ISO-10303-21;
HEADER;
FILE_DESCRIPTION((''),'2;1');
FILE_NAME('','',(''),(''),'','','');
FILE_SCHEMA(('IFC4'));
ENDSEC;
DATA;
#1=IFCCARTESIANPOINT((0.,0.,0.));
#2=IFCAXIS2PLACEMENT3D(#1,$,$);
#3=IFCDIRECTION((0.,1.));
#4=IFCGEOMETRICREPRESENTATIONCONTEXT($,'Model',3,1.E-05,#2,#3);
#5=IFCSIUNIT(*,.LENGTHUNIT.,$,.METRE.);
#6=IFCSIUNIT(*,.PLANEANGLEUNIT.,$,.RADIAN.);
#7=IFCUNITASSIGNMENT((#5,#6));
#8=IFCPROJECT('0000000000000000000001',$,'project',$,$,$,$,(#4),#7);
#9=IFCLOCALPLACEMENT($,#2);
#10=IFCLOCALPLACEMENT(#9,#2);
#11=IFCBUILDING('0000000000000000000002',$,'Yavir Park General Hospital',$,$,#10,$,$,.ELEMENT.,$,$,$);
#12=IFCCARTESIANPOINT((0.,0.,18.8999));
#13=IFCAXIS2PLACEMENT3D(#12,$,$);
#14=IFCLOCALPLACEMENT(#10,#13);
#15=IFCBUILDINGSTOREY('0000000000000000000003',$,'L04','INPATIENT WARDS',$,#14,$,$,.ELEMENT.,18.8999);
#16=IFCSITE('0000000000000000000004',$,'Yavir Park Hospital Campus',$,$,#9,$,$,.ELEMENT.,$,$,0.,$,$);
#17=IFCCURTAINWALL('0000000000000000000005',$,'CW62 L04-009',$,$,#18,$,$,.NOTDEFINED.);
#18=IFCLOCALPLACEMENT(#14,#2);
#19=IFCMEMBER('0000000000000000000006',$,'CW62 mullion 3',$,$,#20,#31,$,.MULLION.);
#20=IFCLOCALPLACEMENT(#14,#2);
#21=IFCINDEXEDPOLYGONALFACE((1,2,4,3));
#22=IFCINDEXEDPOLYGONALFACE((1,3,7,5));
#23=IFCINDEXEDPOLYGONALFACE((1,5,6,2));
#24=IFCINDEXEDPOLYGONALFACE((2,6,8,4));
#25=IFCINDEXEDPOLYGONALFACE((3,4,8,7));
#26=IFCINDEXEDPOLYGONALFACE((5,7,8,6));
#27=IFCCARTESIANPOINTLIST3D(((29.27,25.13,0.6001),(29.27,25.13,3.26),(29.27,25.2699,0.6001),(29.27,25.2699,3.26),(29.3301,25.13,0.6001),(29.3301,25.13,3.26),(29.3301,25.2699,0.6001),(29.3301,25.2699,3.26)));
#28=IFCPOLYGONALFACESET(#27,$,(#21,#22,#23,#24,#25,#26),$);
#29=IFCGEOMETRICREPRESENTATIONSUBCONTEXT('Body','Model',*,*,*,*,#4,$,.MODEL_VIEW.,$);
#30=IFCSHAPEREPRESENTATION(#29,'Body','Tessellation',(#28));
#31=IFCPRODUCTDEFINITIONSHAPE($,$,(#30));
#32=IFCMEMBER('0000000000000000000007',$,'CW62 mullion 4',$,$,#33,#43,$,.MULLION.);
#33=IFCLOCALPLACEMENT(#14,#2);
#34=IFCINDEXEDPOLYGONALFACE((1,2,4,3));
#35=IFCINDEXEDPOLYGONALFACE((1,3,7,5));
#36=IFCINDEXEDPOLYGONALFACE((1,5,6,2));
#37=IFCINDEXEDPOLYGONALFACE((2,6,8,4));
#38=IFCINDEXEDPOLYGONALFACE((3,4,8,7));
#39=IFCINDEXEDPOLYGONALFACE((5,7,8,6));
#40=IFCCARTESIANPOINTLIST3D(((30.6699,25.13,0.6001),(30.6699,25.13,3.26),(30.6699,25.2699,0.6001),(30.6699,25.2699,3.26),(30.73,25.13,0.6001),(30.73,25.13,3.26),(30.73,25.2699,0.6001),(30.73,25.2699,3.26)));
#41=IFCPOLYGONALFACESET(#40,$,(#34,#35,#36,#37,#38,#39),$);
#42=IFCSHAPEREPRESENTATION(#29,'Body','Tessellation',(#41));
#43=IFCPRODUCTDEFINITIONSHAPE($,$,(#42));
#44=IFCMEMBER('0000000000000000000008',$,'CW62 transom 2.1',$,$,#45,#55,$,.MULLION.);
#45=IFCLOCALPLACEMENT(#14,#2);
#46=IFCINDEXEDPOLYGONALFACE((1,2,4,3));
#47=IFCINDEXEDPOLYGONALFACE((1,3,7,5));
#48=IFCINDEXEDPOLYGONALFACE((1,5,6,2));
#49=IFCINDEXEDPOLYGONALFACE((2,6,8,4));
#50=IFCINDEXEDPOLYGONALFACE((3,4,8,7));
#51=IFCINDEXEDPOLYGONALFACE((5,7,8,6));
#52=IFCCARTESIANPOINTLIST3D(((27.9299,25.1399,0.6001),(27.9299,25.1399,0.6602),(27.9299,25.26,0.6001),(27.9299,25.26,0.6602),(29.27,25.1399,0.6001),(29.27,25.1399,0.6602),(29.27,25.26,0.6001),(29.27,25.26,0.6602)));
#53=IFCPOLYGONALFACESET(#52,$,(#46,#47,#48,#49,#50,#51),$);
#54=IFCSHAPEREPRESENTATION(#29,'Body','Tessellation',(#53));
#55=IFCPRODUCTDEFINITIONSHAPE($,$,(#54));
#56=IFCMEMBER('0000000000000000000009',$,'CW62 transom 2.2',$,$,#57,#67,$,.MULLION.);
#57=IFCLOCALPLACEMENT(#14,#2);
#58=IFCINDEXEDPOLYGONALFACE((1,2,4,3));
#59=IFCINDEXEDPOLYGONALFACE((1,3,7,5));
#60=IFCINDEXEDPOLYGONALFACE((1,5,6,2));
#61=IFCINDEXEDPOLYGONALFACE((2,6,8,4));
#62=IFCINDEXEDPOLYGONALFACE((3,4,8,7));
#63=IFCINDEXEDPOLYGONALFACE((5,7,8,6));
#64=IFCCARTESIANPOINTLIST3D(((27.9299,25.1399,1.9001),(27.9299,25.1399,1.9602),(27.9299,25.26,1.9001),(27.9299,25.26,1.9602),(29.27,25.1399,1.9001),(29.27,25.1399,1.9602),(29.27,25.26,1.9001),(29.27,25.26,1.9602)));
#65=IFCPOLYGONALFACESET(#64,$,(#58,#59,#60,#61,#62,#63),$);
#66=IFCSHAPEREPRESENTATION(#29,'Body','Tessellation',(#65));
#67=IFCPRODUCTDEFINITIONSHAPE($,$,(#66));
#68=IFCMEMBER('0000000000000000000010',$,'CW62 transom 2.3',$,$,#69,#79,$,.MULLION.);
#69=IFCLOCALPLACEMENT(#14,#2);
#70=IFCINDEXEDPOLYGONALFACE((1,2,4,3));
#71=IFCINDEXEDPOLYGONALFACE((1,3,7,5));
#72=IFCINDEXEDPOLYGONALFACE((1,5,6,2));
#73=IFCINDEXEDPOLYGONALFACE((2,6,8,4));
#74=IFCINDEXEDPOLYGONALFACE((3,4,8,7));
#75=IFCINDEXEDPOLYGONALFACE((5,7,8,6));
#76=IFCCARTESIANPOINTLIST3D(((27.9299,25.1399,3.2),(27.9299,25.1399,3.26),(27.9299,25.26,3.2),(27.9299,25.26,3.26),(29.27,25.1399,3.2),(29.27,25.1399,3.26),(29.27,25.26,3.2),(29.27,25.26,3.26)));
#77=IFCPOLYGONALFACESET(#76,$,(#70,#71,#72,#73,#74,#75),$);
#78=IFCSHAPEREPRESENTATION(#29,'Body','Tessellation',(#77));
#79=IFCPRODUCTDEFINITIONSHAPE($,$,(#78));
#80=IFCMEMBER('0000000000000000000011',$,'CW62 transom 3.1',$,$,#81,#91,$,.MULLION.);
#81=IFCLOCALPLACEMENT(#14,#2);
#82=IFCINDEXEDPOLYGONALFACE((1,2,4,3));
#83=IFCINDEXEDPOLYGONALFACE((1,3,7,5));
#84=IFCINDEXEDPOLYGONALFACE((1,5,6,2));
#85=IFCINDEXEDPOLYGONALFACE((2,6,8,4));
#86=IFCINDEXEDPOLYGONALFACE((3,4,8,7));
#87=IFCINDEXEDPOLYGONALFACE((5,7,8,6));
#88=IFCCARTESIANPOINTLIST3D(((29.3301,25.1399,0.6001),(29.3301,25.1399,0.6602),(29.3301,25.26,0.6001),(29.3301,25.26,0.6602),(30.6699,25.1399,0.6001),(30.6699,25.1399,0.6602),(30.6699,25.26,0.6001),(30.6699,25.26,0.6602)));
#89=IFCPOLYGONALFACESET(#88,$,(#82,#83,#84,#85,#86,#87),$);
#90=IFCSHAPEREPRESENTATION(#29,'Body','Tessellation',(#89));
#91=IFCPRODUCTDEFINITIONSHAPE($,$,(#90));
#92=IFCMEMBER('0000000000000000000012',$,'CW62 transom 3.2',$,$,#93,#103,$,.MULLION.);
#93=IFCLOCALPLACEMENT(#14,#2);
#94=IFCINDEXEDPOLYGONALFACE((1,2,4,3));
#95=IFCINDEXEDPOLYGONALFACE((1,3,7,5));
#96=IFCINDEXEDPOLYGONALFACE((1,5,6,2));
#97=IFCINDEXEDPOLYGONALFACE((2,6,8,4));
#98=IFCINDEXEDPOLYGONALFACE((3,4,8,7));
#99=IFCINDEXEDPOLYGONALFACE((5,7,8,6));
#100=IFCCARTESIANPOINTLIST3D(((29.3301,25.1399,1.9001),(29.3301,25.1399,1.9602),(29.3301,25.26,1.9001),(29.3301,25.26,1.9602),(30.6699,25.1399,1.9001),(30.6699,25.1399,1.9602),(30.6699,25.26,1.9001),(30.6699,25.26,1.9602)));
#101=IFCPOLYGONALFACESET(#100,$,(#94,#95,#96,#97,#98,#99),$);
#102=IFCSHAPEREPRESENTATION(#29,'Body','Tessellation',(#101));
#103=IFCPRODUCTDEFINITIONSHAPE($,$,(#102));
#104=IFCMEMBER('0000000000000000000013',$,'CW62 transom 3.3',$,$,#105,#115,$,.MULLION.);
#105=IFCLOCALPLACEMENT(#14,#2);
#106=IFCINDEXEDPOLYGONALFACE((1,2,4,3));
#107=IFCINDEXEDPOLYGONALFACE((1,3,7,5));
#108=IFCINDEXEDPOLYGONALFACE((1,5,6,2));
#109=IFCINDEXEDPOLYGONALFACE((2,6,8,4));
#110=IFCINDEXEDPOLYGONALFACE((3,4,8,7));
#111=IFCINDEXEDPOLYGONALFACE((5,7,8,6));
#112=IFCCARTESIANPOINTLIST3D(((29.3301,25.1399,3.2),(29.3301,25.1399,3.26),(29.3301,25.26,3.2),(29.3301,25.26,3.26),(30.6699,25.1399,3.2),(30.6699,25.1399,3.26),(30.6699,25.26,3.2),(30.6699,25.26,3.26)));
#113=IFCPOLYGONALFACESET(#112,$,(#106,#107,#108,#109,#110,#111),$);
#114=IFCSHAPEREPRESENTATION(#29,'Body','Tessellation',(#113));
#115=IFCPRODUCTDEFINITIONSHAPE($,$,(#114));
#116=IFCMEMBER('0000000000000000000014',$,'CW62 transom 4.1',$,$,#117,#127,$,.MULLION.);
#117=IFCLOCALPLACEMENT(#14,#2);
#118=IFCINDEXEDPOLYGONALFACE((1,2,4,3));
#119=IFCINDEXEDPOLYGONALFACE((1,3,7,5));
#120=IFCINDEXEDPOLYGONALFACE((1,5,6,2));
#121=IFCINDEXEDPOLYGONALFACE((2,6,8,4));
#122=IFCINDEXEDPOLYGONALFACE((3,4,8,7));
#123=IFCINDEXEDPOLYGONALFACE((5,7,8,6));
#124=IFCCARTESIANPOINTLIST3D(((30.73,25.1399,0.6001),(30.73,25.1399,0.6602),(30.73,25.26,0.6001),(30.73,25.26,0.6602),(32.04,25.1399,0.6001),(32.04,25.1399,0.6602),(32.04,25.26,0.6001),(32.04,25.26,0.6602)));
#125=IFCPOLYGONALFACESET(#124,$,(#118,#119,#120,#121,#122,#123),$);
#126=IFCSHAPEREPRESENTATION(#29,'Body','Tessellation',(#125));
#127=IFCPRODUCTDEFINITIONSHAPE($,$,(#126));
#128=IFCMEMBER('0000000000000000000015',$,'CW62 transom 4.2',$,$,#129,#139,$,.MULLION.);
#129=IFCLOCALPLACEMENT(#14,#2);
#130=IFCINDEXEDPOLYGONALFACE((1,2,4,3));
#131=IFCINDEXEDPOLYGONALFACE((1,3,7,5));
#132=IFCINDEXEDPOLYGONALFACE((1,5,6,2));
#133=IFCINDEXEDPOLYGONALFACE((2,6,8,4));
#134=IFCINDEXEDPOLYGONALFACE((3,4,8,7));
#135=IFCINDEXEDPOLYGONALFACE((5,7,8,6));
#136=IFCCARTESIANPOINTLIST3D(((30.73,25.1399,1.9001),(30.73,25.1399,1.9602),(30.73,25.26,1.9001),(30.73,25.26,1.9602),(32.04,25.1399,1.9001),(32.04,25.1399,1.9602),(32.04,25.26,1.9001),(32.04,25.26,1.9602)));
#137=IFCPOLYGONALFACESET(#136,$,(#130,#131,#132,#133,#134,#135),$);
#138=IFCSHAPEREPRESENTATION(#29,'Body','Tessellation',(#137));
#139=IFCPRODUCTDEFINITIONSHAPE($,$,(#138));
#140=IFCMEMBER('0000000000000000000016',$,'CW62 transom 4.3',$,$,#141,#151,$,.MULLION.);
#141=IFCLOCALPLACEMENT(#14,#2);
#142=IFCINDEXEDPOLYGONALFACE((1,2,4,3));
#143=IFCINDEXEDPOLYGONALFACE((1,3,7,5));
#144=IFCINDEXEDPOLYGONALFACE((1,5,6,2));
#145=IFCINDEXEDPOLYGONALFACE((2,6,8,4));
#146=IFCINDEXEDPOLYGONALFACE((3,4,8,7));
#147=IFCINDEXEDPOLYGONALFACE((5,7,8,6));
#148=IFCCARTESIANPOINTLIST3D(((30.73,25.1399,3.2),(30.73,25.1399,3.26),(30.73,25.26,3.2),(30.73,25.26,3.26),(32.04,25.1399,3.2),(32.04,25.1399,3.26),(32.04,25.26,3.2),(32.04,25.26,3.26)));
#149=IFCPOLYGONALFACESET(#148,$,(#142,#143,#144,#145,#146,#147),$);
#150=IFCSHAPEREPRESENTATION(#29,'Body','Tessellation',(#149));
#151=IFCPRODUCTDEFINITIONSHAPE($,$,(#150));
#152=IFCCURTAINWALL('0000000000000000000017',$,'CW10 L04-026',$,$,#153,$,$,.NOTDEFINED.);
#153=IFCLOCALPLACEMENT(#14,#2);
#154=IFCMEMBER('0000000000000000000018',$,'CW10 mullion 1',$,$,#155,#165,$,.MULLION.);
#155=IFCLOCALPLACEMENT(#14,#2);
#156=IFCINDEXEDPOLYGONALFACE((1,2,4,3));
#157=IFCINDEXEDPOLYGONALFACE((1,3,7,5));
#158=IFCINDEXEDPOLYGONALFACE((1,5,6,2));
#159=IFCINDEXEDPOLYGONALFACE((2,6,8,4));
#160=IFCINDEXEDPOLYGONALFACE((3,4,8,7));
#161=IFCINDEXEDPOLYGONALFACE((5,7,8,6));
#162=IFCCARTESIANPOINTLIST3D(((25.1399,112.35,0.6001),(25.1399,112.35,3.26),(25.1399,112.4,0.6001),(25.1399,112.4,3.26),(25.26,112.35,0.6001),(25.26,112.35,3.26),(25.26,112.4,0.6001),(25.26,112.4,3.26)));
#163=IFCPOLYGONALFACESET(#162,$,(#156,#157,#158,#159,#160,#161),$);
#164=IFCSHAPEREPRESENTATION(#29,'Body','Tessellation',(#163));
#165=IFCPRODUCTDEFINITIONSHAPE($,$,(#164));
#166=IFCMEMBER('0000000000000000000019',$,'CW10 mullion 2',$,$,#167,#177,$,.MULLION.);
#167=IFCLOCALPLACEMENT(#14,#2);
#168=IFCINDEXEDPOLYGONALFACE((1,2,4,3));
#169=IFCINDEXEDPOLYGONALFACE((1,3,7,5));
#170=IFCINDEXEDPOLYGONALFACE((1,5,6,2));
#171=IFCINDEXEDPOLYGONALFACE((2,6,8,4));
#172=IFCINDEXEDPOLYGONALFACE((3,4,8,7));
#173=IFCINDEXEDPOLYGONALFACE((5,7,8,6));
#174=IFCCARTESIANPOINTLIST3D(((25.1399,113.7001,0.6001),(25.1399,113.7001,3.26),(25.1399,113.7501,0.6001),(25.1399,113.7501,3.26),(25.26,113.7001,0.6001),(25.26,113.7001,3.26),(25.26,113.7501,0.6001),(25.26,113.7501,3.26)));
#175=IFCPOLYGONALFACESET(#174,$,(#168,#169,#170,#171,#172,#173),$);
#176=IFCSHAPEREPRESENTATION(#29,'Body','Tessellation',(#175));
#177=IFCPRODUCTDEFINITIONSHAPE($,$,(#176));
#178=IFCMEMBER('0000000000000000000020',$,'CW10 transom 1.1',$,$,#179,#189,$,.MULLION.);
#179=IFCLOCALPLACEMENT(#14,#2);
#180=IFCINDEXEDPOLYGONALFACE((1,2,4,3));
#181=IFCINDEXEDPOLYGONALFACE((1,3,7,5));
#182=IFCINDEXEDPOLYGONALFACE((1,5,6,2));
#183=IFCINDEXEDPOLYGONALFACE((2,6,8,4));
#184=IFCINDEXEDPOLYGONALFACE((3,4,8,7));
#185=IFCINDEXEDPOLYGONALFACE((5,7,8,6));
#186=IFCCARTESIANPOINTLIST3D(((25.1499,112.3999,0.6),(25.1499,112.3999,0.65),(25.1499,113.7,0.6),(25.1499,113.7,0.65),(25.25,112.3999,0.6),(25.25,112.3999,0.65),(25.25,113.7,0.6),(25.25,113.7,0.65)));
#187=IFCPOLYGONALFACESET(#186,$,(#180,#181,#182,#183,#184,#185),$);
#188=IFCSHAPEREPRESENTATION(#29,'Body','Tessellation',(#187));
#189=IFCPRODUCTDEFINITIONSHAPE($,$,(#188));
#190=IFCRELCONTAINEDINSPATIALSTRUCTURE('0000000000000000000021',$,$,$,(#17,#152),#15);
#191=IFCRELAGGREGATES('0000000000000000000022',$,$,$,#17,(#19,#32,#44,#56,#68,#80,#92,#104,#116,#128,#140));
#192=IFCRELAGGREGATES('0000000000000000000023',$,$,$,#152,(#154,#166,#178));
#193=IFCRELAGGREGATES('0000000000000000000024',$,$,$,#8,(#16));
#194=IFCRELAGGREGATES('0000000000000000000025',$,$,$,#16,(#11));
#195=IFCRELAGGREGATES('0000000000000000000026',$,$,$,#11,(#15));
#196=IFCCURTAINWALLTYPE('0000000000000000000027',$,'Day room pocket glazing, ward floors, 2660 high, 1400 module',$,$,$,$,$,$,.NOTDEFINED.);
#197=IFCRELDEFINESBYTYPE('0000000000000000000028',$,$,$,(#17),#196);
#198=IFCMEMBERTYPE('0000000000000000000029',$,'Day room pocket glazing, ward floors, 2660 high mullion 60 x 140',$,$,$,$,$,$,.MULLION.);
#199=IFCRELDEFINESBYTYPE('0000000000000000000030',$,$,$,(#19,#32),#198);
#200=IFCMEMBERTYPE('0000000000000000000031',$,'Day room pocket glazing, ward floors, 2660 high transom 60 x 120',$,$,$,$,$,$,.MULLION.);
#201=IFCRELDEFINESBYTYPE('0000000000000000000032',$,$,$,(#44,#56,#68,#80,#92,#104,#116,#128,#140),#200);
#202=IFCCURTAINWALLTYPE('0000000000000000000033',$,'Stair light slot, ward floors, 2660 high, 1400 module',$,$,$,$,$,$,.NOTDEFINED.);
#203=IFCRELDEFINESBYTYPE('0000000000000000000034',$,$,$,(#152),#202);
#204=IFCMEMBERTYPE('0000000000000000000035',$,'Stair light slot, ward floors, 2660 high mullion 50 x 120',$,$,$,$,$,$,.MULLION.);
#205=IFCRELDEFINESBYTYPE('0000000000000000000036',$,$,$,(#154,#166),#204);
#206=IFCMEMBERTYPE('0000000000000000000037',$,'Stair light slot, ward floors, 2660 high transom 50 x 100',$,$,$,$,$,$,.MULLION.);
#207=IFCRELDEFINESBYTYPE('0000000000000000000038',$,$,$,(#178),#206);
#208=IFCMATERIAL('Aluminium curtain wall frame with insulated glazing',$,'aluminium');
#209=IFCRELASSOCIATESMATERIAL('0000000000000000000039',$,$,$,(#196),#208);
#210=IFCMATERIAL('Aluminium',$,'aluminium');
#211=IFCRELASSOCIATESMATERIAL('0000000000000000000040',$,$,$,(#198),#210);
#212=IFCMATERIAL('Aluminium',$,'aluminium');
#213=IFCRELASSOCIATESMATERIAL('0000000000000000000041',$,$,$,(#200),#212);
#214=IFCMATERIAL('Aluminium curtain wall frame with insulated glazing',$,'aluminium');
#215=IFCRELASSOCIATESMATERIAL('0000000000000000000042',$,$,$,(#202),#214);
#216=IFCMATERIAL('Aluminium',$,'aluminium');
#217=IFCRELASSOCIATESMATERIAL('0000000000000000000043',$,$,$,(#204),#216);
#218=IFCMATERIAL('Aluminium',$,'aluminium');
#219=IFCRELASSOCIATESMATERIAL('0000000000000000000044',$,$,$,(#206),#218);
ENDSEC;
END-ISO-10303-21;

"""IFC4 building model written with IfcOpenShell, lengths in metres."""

from ifc_helpers import new_model, si_unit, direction, frame, origin, origin_2d, place, context, subcontext, project, spatial, rectangle, extrude, material, material_profile, profile_set, type_object, element, aggregate, save


model = new_model("IFC4")

# Units and contexts
model_context = context("Model", 3, precision=1e-05, world=origin(), true_north=direction((0.0, 1.0)))
body_context = subcontext(model_context, "Body", "Model", "MODEL_VIEW")
ifc_project = project(units=[si_unit("LENGTHUNIT", "METRE"), si_unit("PLANEANGLEUNIT", "RADIAN")], contexts=[model_context])

# Site, building, storey
site_placement = place(None, origin())
site = spatial("IfcSite", under=ifc_project, at=site_placement, Name="Yavir Park Hospital Campus", CompositionType="ELEMENT", RefElevation=0.0)
building_placement = place(site_placement, origin())
building = spatial("IfcBuilding", under=site, at=building_placement, Name="Yavir Park General Hospital", CompositionType="ELEMENT")
storey_placement = place(building_placement, frame((0.0, 0.0, 18.8999)))
storey = spatial("IfcBuildingStorey", under=building, at=storey_placement, Name="L04", Description="INPATIENT WARDS", CompositionType="ELEMENT", Elevation=18.8999)

# Curtain walls, members
ifc_material_1 = material(Name="Aluminium curtain wall frame with insulated glazing", Category="aluminium")
curtain_wall_type_1 = type_object("IfcCurtainWallType", Name="Day room pocket glazing, ward floors, 2660 high, 1400 module", PredefinedType="NOTDEFINED", material=ifc_material_1)
curtain_wall_1_placement = place(storey_placement, origin())
curtain_wall_1 = element("IfcCurtainWall", 1, at=curtain_wall_1_placement, inside=storey, type_object=curtain_wall_type_1, Name="CW62 L04-009", PredefinedType="NOTDEFINED")
ifc_material_2 = material(Name="Aluminium", Category="aluminium")
ifc_material_profile_1 = material_profile(ifc_material_2, rectangle(XDim=0.1399, YDim=0.0601, at=origin_2d()), Name="AL 60x140")
ifc_profile_set_1 = profile_set([ifc_material_profile_1], Name="Aluminium")
member_type_1 = type_object("IfcMemberType", Name="Day room pocket glazing, ward floors, 2660 high mullion 60 x 140", PredefinedType="MULLION", material=ifc_profile_set_1)
member_1_placement = place(storey_placement, frame((29.3, 25.2, 0.6001), z_axis=(0.0, 0.0, 1.0), x_axis=(0.0, 1.0, 0.0)))
member_1 = element("IfcMember", 2, at=member_1_placement, type_object=member_type_1, Name="CW62 mullion 3", PredefinedType="MULLION", context=body_context, shape_type="SweptSolid", body=[
    extrude(rectangle(XDim=0.1399, YDim=0.0601, at=origin_2d()), origin(), (0.0, 0.0, 1.0), 2.6599),
])
member_2_placement = place(storey_placement, frame((30.7, 25.2, 0.6001), z_axis=(0.0, 0.0, 1.0), x_axis=(0.0, 1.0, 0.0)))
member_2 = element("IfcMember", 3, at=member_2_placement, type_object=member_type_1, Name="CW62 mullion 4", PredefinedType="MULLION", context=body_context, shape_type="SweptSolid", body=[
    extrude(rectangle(XDim=0.1399, YDim=0.0601, at=origin_2d()), origin(), (0.0, 0.0, 1.0), 2.6599),
])
ifc_material_3 = material(Name="Aluminium", Category="aluminium")
ifc_material_profile_2 = material_profile(ifc_material_3, rectangle(XDim=0.1201, YDim=0.0601, at=origin_2d()), Name="AL 120x60")
ifc_profile_set_2 = profile_set([ifc_material_profile_2], Name="Aluminium")
member_type_2 = type_object("IfcMemberType", Name="Day room pocket glazing, ward floors, 2660 high transom 60 x 120", PredefinedType="MULLION", material=ifc_profile_set_2)
member_3_placement = place(storey_placement, frame((27.9299, 25.2, 0.6301), z_axis=(1.0, 0.0, 0.0), x_axis=(0.0, 1.0, 0.0)))
member_3 = element("IfcMember", 4, at=member_3_placement, type_object=member_type_2, Name="CW62 transom 2.1", PredefinedType="MULLION", context=body_context, shape_type="SweptSolid", body=[
    extrude(rectangle(XDim=0.1201, YDim=0.0601, at=origin_2d()), origin(), (0.0, 0.0, 1.0), 1.3401),
])
member_4_placement = place(storey_placement, frame((27.9299, 25.2, 1.9302), z_axis=(1.0, 0.0, 0.0), x_axis=(0.0, 1.0, 0.0)))
member_4 = element("IfcMember", 5, at=member_4_placement, type_object=member_type_2, Name="CW62 transom 2.2", PredefinedType="MULLION", context=body_context, shape_type="SweptSolid", body=[
    extrude(rectangle(XDim=0.1201, YDim=0.0601, at=origin_2d()), origin(), (0.0, 0.0, 1.0), 1.3401),
])
member_5_placement = place(storey_placement, frame((27.9299, 25.2, 3.23), z_axis=(1.0, 0.0, 0.0), x_axis=(0.0, 1.0, 0.0)))
member_5 = element("IfcMember", 6, at=member_5_placement, type_object=member_type_2, Name="CW62 transom 2.3", PredefinedType="MULLION", context=body_context, shape_type="SweptSolid", body=[
    extrude(rectangle(XDim=0.1201, YDim=0.0601, at=origin_2d()), origin(), (0.0, 0.0, 1.0), 1.3401),
])
member_6_placement = place(storey_placement, frame((29.3301, 25.2, 0.6301), z_axis=(1.0, 0.0, 0.0), x_axis=(0.0, 1.0, 0.0)))
member_6 = element("IfcMember", 7, at=member_6_placement, type_object=member_type_2, Name="CW62 transom 3.1", PredefinedType="MULLION", context=body_context, shape_type="SweptSolid", body=[
    extrude(rectangle(XDim=0.1201, YDim=0.0601, at=origin_2d()), origin(), (0.0, 0.0, 1.0), 1.3398),
])
member_7_placement = place(storey_placement, frame((29.3301, 25.2, 1.9302), z_axis=(1.0, 0.0, 0.0), x_axis=(0.0, 1.0, 0.0)))
member_7 = element("IfcMember", 8, at=member_7_placement, type_object=member_type_2, Name="CW62 transom 3.2", PredefinedType="MULLION", context=body_context, shape_type="SweptSolid", body=[
    extrude(rectangle(XDim=0.1201, YDim=0.0601, at=origin_2d()), origin(), (0.0, 0.0, 1.0), 1.3398),
])
member_8_placement = place(storey_placement, frame((29.3301, 25.2, 3.23), z_axis=(1.0, 0.0, 0.0), x_axis=(0.0, 1.0, 0.0)))
member_8 = element("IfcMember", 9, at=member_8_placement, type_object=member_type_2, Name="CW62 transom 3.3", PredefinedType="MULLION", context=body_context, shape_type="SweptSolid", body=[
    extrude(rectangle(XDim=0.1201, YDim=0.0601, at=origin_2d()), origin(), (0.0, 0.0, 1.0), 1.3398),
])
member_9_placement = place(storey_placement, frame((30.73, 25.2, 0.6301), z_axis=(1.0, 0.0, 0.0), x_axis=(0.0, 1.0, 0.0)))
member_9 = element("IfcMember", 10, at=member_9_placement, type_object=member_type_2, Name="CW62 transom 4.1", PredefinedType="MULLION", context=body_context, shape_type="SweptSolid", body=[
    extrude(rectangle(XDim=0.1201, YDim=0.0601, at=origin_2d()), origin(), (0.0, 0.0, 1.0), 1.3101),
])
member_10_placement = place(storey_placement, frame((30.73, 25.2, 1.9302), z_axis=(1.0, 0.0, 0.0), x_axis=(0.0, 1.0, 0.0)))
member_10 = element("IfcMember", 11, at=member_10_placement, type_object=member_type_2, Name="CW62 transom 4.2", PredefinedType="MULLION", context=body_context, shape_type="SweptSolid", body=[
    extrude(rectangle(XDim=0.1201, YDim=0.0601, at=origin_2d()), origin(), (0.0, 0.0, 1.0), 1.3101),
])
member_11_placement = place(storey_placement, frame((30.73, 25.2, 3.23), z_axis=(1.0, 0.0, 0.0), x_axis=(0.0, 1.0, 0.0)))
member_11 = element("IfcMember", 12, at=member_11_placement, type_object=member_type_2, Name="CW62 transom 4.3", PredefinedType="MULLION", context=body_context, shape_type="SweptSolid", body=[
    extrude(rectangle(XDim=0.1201, YDim=0.0601, at=origin_2d()), origin(), (0.0, 0.0, 1.0), 1.3101),
])
ifc_material_4 = material(Name="Aluminium curtain wall frame with insulated glazing", Category="aluminium")
curtain_wall_type_2 = type_object("IfcCurtainWallType", Name="Stair light slot, ward floors, 2660 high, 1400 module", PredefinedType="NOTDEFINED", material=ifc_material_4)
curtain_wall_2_placement = place(storey_placement, origin())
curtain_wall_2 = element("IfcCurtainWall", 13, at=curtain_wall_2_placement, inside=storey, type_object=curtain_wall_type_2, Name="CW10 L04-026", PredefinedType="NOTDEFINED")
ifc_material_5 = material(Name="Aluminium", Category="aluminium")
ifc_material_profile_3 = material_profile(ifc_material_5, rectangle(XDim=0.1201, YDim=0.05, at=origin_2d()), Name="AL 50x120")
ifc_profile_set_3 = profile_set([ifc_material_profile_3], Name="Aluminium")
member_type_3 = type_object("IfcMemberType", Name="Stair light slot, ward floors, 2660 high mullion 50 x 120", PredefinedType="MULLION", material=ifc_profile_set_3)
member_12_placement = place(storey_placement, frame((25.2, 112.375, 0.6001), z_axis=(0.0, 0.0, 1.0), x_axis=(-1.0, 0.0, 0.0)))
member_12 = element("IfcMember", 14, at=member_12_placement, type_object=member_type_3, Name="CW10 mullion 1", PredefinedType="MULLION", context=body_context, shape_type="SweptSolid", body=[
    extrude(rectangle(XDim=0.1201, YDim=0.05, at=origin_2d()), origin(), (0.0, 0.0, 1.0), 2.6599),
])
member_13_placement = place(storey_placement, frame((25.2, 113.7251, 0.6001), z_axis=(0.0, 0.0, 1.0), x_axis=(-1.0, 0.0, 0.0)))
member_13 = element("IfcMember", 15, at=member_13_placement, type_object=member_type_3, Name="CW10 mullion 2", PredefinedType="MULLION", context=body_context, shape_type="SweptSolid", body=[
    extrude(rectangle(XDim=0.1201, YDim=0.05, at=origin_2d()), origin(), (0.0, 0.0, 1.0), 2.6599),
])
ifc_material_6 = material(Name="Aluminium", Category="aluminium")
ifc_material_profile_4 = material_profile(ifc_material_6, rectangle(XDim=0.1001, YDim=0.05, at=origin_2d()), Name="AL 100x50")
ifc_profile_set_4 = profile_set([ifc_material_profile_4], Name="Aluminium")
member_type_4 = type_object("IfcMemberType", Name="Stair light slot, ward floors, 2660 high transom 50 x 100", PredefinedType="MULLION", material=ifc_profile_set_4)
member_14_placement = place(storey_placement, frame((25.2, 112.3999, 0.625), z_axis=(0.0, 1.0, 0.0), x_axis=(-1.0, 0.0, 0.0)))
member_14 = element("IfcMember", 16, at=member_14_placement, type_object=member_type_4, Name="CW10 transom 1.1", PredefinedType="MULLION", context=body_context, shape_type="SweptSolid", body=[
    extrude(rectangle(XDim=0.1001, YDim=0.05, at=origin_2d()), origin(), (0.0, 0.0, 1.0), 1.3),
])

aggregate(curtain_wall_1, [member_1, member_2, member_3, member_4, member_5, member_6, member_7, member_8, member_9, member_10, member_11])
aggregate(curtain_wall_2, [member_12, member_13, member_14])

save(model, "model.ifc")
